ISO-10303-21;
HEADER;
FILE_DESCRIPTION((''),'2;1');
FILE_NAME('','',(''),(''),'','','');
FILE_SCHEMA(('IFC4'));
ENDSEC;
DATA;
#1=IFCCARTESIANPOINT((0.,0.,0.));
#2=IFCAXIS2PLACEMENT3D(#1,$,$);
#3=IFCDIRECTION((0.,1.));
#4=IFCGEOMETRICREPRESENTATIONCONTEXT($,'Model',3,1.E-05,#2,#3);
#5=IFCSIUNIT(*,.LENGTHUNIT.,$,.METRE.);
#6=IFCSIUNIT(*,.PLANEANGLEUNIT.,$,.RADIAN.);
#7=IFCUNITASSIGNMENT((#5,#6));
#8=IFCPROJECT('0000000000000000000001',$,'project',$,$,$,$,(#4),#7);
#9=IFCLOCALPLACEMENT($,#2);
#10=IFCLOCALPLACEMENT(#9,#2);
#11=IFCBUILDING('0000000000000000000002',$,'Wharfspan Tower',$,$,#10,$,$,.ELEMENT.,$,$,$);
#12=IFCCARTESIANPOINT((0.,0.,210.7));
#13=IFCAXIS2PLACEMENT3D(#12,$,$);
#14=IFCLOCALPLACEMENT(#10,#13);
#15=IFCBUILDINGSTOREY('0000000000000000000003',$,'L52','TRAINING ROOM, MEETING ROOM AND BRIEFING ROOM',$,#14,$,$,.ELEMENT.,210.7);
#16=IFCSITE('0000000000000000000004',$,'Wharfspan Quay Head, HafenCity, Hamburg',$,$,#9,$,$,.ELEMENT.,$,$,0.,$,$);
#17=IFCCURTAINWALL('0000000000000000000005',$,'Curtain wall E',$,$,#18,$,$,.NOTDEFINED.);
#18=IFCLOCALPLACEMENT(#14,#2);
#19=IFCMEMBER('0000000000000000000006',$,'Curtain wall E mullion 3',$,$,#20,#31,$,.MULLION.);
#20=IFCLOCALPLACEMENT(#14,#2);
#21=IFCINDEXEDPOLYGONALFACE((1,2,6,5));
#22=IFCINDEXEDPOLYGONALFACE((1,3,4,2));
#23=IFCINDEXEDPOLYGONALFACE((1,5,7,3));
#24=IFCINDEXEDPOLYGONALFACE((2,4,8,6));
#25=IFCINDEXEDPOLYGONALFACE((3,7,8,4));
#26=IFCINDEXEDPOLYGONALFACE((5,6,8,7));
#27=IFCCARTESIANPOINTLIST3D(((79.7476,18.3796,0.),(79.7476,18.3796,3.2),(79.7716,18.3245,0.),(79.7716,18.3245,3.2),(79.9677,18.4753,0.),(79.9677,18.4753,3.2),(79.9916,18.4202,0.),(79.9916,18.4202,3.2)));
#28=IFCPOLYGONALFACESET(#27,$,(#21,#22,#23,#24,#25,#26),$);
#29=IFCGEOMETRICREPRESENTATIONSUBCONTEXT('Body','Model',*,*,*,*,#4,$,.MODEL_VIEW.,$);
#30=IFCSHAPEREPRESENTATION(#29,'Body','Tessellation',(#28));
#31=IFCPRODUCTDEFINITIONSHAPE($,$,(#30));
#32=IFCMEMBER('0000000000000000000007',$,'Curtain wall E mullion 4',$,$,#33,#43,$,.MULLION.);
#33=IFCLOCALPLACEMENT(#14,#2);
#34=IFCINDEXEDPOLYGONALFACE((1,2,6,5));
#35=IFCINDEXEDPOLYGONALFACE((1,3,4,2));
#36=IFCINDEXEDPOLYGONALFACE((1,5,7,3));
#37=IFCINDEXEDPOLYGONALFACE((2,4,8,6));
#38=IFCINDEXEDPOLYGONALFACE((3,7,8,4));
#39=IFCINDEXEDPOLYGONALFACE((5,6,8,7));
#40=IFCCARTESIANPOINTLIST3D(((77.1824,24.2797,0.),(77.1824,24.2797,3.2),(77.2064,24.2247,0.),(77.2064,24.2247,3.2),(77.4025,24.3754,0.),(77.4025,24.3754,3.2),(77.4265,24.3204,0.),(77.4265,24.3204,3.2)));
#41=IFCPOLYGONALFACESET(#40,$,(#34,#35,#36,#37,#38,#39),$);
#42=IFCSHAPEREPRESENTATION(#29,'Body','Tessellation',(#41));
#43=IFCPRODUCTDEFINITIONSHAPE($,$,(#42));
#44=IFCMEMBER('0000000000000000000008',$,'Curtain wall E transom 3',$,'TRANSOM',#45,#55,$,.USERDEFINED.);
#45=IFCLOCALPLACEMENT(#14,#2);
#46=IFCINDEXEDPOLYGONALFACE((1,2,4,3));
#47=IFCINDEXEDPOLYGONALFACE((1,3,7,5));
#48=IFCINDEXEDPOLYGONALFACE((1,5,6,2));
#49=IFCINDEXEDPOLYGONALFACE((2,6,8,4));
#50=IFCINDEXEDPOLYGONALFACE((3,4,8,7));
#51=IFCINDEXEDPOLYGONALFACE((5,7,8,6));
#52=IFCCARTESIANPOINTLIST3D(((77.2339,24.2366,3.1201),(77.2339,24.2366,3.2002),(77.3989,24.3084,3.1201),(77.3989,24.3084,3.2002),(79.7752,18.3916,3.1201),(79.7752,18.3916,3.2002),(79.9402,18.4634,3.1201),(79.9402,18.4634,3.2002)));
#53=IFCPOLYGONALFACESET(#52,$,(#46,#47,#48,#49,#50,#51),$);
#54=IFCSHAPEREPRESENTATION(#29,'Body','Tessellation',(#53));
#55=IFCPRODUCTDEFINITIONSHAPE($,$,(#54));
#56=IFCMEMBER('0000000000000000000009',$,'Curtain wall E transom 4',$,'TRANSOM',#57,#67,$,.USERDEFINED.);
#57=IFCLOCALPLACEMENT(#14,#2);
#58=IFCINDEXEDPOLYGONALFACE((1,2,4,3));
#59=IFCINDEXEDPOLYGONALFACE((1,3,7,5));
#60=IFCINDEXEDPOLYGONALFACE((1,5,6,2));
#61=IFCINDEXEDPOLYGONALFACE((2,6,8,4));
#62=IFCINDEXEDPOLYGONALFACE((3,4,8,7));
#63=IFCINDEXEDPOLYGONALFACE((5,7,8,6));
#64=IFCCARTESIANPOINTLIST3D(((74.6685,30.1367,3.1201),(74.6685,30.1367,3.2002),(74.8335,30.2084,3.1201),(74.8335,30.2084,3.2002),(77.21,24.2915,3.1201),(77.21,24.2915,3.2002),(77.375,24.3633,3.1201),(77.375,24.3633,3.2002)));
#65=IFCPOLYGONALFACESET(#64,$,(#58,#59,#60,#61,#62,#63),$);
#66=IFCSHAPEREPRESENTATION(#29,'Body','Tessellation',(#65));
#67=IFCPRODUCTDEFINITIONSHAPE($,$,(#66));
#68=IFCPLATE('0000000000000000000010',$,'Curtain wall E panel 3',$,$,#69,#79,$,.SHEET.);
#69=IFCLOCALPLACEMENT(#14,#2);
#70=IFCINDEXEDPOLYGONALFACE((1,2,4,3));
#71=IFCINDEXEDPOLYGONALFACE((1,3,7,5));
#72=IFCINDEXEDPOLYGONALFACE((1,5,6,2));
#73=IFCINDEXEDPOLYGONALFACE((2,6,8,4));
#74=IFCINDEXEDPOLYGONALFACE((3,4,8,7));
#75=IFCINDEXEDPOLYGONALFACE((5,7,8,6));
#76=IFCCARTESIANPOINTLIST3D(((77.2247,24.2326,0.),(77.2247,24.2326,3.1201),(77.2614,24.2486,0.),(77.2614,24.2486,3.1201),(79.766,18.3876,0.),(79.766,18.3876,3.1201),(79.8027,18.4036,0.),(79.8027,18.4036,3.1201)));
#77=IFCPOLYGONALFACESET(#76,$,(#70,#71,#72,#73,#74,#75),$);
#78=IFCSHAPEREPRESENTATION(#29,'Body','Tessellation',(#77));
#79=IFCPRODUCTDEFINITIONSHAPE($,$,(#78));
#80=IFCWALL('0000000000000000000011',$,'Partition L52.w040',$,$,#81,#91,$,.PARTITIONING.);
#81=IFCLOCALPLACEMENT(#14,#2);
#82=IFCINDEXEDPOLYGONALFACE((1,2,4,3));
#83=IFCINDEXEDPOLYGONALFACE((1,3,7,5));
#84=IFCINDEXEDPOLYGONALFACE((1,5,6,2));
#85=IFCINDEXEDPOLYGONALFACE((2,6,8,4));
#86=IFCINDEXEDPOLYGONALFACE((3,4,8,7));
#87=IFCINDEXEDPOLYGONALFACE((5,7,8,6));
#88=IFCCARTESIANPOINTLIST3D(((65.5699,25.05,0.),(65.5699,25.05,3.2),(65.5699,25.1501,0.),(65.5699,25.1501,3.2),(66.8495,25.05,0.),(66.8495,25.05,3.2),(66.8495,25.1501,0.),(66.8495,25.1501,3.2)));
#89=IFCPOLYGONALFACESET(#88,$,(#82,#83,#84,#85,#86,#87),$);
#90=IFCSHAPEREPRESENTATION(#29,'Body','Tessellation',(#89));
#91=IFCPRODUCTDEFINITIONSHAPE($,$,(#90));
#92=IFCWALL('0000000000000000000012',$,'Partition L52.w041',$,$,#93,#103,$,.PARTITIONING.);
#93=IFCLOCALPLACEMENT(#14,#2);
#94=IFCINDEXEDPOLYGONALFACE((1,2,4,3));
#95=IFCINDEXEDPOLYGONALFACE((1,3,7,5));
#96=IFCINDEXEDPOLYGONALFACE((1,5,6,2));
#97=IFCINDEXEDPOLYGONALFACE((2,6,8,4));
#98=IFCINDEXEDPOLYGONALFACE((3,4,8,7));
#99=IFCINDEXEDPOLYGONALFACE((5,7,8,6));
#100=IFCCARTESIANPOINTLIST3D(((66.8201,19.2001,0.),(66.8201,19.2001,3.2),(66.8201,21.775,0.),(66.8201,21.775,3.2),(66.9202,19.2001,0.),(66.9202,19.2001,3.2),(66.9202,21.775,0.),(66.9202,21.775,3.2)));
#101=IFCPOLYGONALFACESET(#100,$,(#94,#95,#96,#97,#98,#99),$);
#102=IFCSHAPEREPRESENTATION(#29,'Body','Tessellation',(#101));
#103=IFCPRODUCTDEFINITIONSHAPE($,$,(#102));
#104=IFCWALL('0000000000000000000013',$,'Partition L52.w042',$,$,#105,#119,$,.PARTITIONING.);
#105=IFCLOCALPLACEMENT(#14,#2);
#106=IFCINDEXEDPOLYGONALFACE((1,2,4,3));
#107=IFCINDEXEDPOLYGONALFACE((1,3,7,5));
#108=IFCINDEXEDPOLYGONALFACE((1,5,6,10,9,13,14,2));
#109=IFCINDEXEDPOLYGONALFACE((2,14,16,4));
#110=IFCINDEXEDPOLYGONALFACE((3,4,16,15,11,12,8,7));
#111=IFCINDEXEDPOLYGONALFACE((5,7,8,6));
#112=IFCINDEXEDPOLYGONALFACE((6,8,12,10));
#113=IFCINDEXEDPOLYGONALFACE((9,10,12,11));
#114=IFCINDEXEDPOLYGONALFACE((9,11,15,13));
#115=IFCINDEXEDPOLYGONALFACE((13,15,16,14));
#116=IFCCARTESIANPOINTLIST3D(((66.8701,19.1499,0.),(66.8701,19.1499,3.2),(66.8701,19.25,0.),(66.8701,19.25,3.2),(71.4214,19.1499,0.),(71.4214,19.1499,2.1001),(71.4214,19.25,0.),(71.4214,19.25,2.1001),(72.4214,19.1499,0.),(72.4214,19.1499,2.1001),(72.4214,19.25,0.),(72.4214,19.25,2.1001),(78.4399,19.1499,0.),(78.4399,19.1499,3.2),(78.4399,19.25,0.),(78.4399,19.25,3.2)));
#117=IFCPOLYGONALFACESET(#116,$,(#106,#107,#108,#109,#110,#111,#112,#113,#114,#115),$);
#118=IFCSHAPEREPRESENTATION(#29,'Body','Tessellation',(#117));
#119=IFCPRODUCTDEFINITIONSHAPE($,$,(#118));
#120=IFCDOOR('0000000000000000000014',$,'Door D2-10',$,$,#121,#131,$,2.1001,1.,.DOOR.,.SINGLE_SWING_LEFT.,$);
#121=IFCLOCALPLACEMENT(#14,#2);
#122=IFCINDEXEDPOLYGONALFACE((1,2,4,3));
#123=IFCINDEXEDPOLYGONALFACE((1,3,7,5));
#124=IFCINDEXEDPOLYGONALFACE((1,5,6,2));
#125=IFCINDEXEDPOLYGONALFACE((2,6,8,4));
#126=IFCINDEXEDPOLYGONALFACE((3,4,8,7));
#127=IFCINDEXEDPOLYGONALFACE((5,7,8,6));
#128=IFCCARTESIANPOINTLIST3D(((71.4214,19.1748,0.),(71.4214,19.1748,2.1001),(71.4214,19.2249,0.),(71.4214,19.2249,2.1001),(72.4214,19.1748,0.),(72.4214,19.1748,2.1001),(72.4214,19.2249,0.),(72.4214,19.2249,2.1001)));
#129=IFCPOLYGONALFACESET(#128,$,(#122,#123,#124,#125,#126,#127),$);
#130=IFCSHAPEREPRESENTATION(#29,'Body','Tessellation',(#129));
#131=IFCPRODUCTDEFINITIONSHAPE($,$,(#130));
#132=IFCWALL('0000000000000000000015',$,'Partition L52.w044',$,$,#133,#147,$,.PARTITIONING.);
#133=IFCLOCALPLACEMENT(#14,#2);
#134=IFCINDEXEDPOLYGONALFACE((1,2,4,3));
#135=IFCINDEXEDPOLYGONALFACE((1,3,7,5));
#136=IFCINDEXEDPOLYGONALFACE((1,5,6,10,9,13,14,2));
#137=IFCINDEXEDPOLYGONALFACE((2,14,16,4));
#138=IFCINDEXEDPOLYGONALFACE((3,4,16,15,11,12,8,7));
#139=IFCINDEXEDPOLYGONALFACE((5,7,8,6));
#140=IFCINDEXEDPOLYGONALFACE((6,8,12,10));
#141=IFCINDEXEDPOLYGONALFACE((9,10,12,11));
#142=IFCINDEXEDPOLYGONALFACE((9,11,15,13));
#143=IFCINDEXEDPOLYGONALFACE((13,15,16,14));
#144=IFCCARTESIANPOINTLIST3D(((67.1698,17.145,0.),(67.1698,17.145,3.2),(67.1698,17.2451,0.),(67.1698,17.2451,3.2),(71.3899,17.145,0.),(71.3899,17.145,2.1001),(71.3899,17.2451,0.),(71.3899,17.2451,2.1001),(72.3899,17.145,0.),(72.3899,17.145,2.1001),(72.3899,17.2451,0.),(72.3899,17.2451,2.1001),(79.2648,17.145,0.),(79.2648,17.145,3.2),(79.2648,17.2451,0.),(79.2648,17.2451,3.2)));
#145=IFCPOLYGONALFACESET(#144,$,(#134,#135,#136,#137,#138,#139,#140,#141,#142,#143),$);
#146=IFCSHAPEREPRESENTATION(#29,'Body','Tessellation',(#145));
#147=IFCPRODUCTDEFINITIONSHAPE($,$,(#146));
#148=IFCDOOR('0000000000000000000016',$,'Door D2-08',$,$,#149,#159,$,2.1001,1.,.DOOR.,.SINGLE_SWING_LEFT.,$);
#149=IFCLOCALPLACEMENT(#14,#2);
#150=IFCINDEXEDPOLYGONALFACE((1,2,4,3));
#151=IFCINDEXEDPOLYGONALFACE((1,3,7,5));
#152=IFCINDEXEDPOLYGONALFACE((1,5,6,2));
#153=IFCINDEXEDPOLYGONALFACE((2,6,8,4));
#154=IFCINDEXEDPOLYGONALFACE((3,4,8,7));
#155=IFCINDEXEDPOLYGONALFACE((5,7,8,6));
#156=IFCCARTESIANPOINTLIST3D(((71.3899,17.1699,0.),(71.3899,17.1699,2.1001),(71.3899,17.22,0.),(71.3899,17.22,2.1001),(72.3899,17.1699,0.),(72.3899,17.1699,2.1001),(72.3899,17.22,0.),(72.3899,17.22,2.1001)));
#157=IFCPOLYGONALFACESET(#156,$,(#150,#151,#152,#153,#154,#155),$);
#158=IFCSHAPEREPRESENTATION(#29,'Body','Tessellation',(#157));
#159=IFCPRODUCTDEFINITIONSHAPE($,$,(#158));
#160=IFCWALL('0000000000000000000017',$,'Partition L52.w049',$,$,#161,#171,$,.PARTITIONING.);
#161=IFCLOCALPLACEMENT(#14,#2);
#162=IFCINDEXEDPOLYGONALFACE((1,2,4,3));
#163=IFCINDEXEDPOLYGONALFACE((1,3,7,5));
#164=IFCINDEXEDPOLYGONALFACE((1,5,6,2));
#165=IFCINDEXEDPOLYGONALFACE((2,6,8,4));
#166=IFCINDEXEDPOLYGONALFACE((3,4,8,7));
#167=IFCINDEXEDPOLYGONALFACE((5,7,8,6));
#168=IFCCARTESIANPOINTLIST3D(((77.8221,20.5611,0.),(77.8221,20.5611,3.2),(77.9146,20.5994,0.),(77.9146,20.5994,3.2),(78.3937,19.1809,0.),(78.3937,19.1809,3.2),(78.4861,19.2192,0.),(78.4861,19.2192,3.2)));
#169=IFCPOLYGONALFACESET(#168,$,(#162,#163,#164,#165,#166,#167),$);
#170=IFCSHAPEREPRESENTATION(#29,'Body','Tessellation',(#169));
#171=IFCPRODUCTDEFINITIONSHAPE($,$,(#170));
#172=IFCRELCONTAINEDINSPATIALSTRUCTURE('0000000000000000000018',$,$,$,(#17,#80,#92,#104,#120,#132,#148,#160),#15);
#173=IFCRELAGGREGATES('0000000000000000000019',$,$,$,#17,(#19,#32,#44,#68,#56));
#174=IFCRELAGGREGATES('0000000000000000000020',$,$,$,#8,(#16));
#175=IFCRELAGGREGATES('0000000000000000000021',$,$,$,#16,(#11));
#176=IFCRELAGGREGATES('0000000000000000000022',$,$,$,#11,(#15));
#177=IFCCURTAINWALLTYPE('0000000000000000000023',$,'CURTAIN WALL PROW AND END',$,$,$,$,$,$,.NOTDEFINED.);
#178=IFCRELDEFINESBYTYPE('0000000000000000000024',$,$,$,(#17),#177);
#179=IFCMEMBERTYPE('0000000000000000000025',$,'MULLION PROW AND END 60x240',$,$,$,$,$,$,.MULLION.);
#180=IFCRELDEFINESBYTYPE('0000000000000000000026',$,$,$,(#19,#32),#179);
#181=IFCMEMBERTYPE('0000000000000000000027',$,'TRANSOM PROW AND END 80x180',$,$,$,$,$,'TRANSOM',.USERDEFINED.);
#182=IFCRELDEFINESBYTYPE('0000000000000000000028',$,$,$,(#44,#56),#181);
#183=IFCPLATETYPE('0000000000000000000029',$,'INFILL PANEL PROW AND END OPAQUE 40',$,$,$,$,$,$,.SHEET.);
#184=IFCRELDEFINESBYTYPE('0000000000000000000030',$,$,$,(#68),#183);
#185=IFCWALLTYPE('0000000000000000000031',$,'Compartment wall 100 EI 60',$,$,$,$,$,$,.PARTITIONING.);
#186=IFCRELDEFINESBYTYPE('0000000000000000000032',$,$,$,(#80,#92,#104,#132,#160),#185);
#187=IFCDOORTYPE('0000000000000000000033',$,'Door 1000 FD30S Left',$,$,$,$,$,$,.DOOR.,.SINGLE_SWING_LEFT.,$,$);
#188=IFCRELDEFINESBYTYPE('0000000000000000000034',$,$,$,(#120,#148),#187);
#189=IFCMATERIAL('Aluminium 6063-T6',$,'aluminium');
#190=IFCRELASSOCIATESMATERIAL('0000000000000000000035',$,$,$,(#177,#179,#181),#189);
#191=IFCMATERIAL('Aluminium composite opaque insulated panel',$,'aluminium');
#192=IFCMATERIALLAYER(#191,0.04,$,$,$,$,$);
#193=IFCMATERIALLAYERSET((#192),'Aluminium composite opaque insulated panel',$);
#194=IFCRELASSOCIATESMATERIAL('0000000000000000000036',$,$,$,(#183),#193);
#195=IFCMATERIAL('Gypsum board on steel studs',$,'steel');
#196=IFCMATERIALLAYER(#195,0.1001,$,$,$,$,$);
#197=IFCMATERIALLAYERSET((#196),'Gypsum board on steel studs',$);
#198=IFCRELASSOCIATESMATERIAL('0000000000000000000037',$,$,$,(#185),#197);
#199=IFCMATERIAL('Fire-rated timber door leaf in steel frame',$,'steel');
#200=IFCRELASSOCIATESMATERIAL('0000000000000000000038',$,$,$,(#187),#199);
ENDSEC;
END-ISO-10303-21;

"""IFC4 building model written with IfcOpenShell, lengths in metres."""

from ifc_helpers import new_model, si_unit, direction, frame, frame_2d, origin, origin_2d, place, context, subcontext, project, spatial, rectangle, extrude, material, layer, layer_set, material_profile, profile_set, type_object, element, fill, aggregate, save


model = new_model("IFC4")

# Units and contexts
model_context = context("Model", 3, precision=1e-05, world=origin(), true_north=direction((0.0, 1.0)))
body_context = subcontext(model_context, "Body", "Model", "MODEL_VIEW")
ifc_project = project(units=[si_unit("LENGTHUNIT", "METRE"), si_unit("PLANEANGLEUNIT", "RADIAN")], contexts=[model_context])

# Site, building, storey
site_placement = place(None, origin())
site = spatial("IfcSite", under=ifc_project, at=site_placement, Name="Wharfspan Quay Head, HafenCity, Hamburg", CompositionType="ELEMENT", RefElevation=0.0)
building_placement = place(site_placement, origin())
building = spatial("IfcBuilding", under=site, at=building_placement, Name="Wharfspan Tower", CompositionType="ELEMENT")
storey_placement = place(building_placement, frame((0.0, 0.0, 210.7)))
storey = spatial("IfcBuildingStorey", under=building, at=storey_placement, Name="L52", Description="TRAINING ROOM, MEETING ROOM AND BRIEFING ROOM", CompositionType="ELEMENT", Elevation=210.7)

# Curtain wall, members, plate
ifc_material_1 = material(Name="Aluminium 6063-T6", Category="aluminium")
curtain_wall_type = type_object("IfcCurtainWallType", Name="CURTAIN WALL PROW AND END", PredefinedType="NOTDEFINED", material=ifc_material_1)
curtain_wall_placement = place(storey_placement, origin())
curtain_wall = element("IfcCurtainWall", 1, at=curtain_wall_placement, inside=storey, type_object=curtain_wall_type, Name="Curtain wall E", PredefinedType="NOTDEFINED")
ifc_material_profile_1 = material_profile(ifc_material_1, rectangle(XDim=0.24, YDim=0.0601, at=origin_2d()))
ifc_profile_set_1 = profile_set([ifc_material_profile_1], Name="Aluminium 6063-T6")
member_type_1 = type_object("IfcMemberType", Name="MULLION PROW AND END 60x240", PredefinedType="MULLION", material=ifc_profile_set_1)
member_1_placement = place(storey_placement, frame((79.8696, 18.3999, 0.0), z_axis=(0.0, 0.0, 1.0), x_axis=(-0.917072, -0.398727, 0.0)))
member_1 = element("IfcMember", 2, at=member_1_placement, type_object=member_type_1, Name="Curtain wall E mullion 3", PredefinedType="MULLION", context=body_context, shape_type="SweptSolid", body=[
    extrude(rectangle(XDim=0.24, YDim=0.0601, at=origin_2d()), origin(), (0.0, 0.0, 1.0), 3.2),
])
member_2_placement = place(storey_placement, frame((77.3044, 24.3, 0.0), z_axis=(0.0, 0.0, 1.0), x_axis=(-0.917072, -0.398727, 0.0)))
member_2 = element("IfcMember", 3, at=member_2_placement, type_object=member_type_1, Name="Curtain wall E mullion 4", PredefinedType="MULLION", context=body_context, shape_type="SweptSolid", body=[
    extrude(rectangle(XDim=0.24, YDim=0.0601, at=origin_2d()), origin(), (0.0, 0.0, 1.0), 3.2),
])
ifc_material_profile_2 = material_profile(ifc_material_1, rectangle(XDim=0.1799, YDim=0.0801, at=origin_2d()))
ifc_profile_set_2 = profile_set([ifc_material_profile_2], Name="Aluminium 6063-T6")
member_type_2 = type_object("IfcMemberType", Name="TRANSOM PROW AND END 80x180", ElementType="TRANSOM", PredefinedType="USERDEFINED", material=ifc_profile_set_2)
member_3_placement = place(storey_placement, frame((79.8577, 18.4275, 3.1602), z_axis=(-0.398722, 0.917072, 0.0), x_axis=(-0.917072, -0.398722, 0.0)))
member_3 = element("IfcMember", 4, at=member_3_placement, type_object=member_type_2, Name="Curtain wall E transom 3", ObjectType="TRANSOM", PredefinedType="USERDEFINED", context=body_context, shape_type="SweptSolid", body=[
    extrude(rectangle(XDim=0.1799, YDim=0.0801, at=origin_2d()), origin(), (0.0, 0.0, 1.0), 6.3735),
])
member_4_placement = place(storey_placement, frame((77.2925, 24.3274, 3.1602), z_axis=(-0.39874, 0.917064, 0.0), x_axis=(-0.917064, -0.39874, 0.0)))
member_4 = element("IfcMember", 5, at=member_4_placement, type_object=member_type_2, Name="Curtain wall E transom 4", ObjectType="TRANSOM", PredefinedType="USERDEFINED", context=body_context, shape_type="SweptSolid", body=[
    extrude(rectangle(XDim=0.1799, YDim=0.0801, at=origin_2d()), origin(), (0.0, 0.0, 1.0), 6.3738),
])
ifc_material_2 = material(Name="Aluminium composite opaque insulated panel", Category="aluminium")
ifc_layer_1 = layer(ifc_material_2, 0.04)
ifc_layer_set_1 = layer_set([ifc_layer_1], Name="Aluminium composite opaque insulated panel")
plate_type = type_object("IfcPlateType", Name="INFILL PANEL PROW AND END OPAQUE 40", PredefinedType="SHEET", material=ifc_layer_set_1)
plate_placement = place(storey_placement, frame((78.5137, 21.3181, 0.0), z_axis=(0.0, 0.0, 1.0), x_axis=(-0.398727, 0.917072, 0.0)))
plate = element("IfcPlate", 6, at=plate_placement, type_object=plate_type, Name="Curtain wall E panel 3", PredefinedType="SHEET", context=body_context, shape_type="SweptSolid", body=[
    extrude(rectangle(XDim=6.3735, YDim=0.04, at=origin_2d()), origin(), (0.0, 0.0, 1.0), 3.1201),
])
aggregate(curtain_wall, [member_1, member_2, member_3, plate, member_4])

# Walls
ifc_material_3 = material(Name="Gypsum board on steel studs", Category="steel")
ifc_layer_2 = layer(ifc_material_3, 0.1001)
ifc_layer_set_2 = layer_set([ifc_layer_2], Name="Gypsum board on steel studs")
wall_type_1 = type_object("IfcWallType", Name="Compartment wall 100 EI 60", PredefinedType="PARTITIONING", material=ifc_layer_set_2)
wall_1_placement = place(storey_placement, frame((65.5701, 25.1001, 0.0), z_axis=(0.0, 0.0, 1.0), x_axis=(1.0, 0.0, 0.0)))
element("IfcWall", 7, at=wall_1_placement, inside=storey, type_object=wall_type_1, Name="Partition L52.w040", PredefinedType="PARTITIONING", context=body_context, shape_type="SweptSolid", body=[
    extrude(rectangle(XDim=1.2795, YDim=0.1001, at=frame_2d((0.6396, 0.0))), origin(), (0.0, 0.0, 1.0), 3.2),
])
wall_2_placement = place(storey_placement, frame((66.8701, 19.2, 0.0), z_axis=(0.0, 0.0, 1.0), x_axis=(0.0, 1.0, 0.0)))
element("IfcWall", 8, at=wall_2_placement, inside=storey, type_object=wall_type_1, Name="Partition L52.w041", PredefinedType="PARTITIONING", context=body_context, shape_type="SweptSolid", body=[
    extrude(rectangle(XDim=2.575, YDim=0.1001, at=frame_2d((1.2876, 0.0))), origin(), (0.0, 0.0, 1.0), 3.2),
])

# Walls, openings, doors
wall_3_placement = place(storey_placement, frame((66.8701, 19.2, 0.0), z_axis=(0.0, 0.0, 1.0), x_axis=(1.0, 0.0, 0.0)))
wall_3 = element("IfcWall", 9, at=wall_3_placement, inside=storey, type_object=wall_type_1, Name="Partition L52.w042", PredefinedType="PARTITIONING", context=body_context, shape_type="SweptSolid", body=[
    extrude(rectangle(XDim=11.5698, YDim=0.1001, at=frame_2d((5.7849, 0.0))), origin(), (0.0, 0.0, 1.0), 3.2),
])
opening_1_placement = place(wall_3_placement, frame((4.5513, 0.0, 0.0)))
opening_1 = element("IfcOpeningElement", 10, at=opening_1_placement, cuts=wall_3, PredefinedType="OPENING", context=body_context, shape_type="SweptSolid", body=[
    extrude(rectangle(XDim=1.0, YDim=2.1001, at=frame_2d((0.5, 1.05))), frame((0.0, 0.0601, 0.0), z_axis=(0.0, -1.0, 0.0), x_axis=(1.0, 0.0, 0.0)), (0.0, 0.0, 1.0), 0.1201),
])
ifc_material_4 = material(Name="Fire-rated timber door leaf in steel frame", Category="steel")
door_type_1 = type_object("IfcDoorType", Name="Door 1000 FD30S Left", OperationType="SINGLE_SWING_LEFT", PredefinedType="DOOR", material=ifc_material_4)
door_1_placement = place(opening_1_placement, origin())
door_1 = element("IfcDoor", 11, at=door_1_placement, inside=storey, type_object=door_type_1, Name="Door D2-10", OperationType="SINGLE_SWING_LEFT", OverallHeight=2.1001, OverallWidth=1.0, PredefinedType="DOOR", context=body_context, shape_type="SweptSolid", body=[
    extrude(rectangle(XDim=1.0, YDim=2.1001, at=frame_2d((0.5, 1.05))), frame((0.0, 0.0249, 0.0), z_axis=(0.0, -1.0, 0.0), x_axis=(1.0, 0.0, 0.0)), (0.0, 0.0, 1.0), 0.05),
])
fill(opening_1, door_1)
wall_4_placement = place(storey_placement, frame((67.1699, 17.1951, 0.0), z_axis=(0.0, 0.0, 1.0), x_axis=(1.0, 0.0, 0.0)))
wall_4 = element("IfcWall", 12, at=wall_4_placement, inside=storey, type_object=wall_type_1, Name="Partition L52.w044", PredefinedType="PARTITIONING", context=body_context, shape_type="SweptSolid", body=[
    extrude(rectangle(XDim=12.095, YDim=0.1001, at=frame_2d((6.0474, 0.0))), origin(), (0.0, 0.0, 1.0), 3.2),
])
opening_2_placement = place(wall_4_placement, frame((4.22, 0.0, 0.0)))
opening_2 = element("IfcOpeningElement", 13, at=opening_2_placement, cuts=wall_4, PredefinedType="OPENING", context=body_context, shape_type="SweptSolid", body=[
    extrude(rectangle(XDim=1.0, YDim=2.1001, at=frame_2d((0.5, 1.05))), frame((0.0, 0.0601, 0.0), z_axis=(0.0, -1.0, 0.0), x_axis=(1.0, 0.0, 0.0)), (0.0, 0.0, 1.0), 0.1201),
])
door_2_placement = place(opening_2_placement, origin())
door_2 = element("IfcDoor", 14, at=door_2_placement, inside=storey, type_object=door_type_1, Name="Door D2-08", OperationType="SINGLE_SWING_LEFT", OverallHeight=2.1001, OverallWidth=1.0, PredefinedType="DOOR", context=body_context, shape_type="SweptSolid", body=[
    extrude(rectangle(XDim=1.0, YDim=2.1001, at=frame_2d((0.5, 1.05))), frame((0.0, 0.0249, 0.0), z_axis=(0.0, -1.0, 0.0), x_axis=(1.0, 0.0, 0.0)), (0.0, 0.0, 1.0), 0.05),
])
fill(opening_2, door_2)

# Wall
wall_5_placement = place(storey_placement, frame((78.4399, 19.2, 0.0), z_axis=(0.0, 0.0, 1.0), x_axis=(-0.382605, 0.923907, 0.0)))
element("IfcWall", 15, at=wall_5_placement, inside=storey, type_object=wall_type_1, Name="Partition L52.w049", PredefinedType="PARTITIONING", context=body_context, shape_type="SweptSolid", body=[
    extrude(rectangle(XDim=1.4939, YDim=0.1001, at=frame_2d((0.7471, 0.0))), origin(), (0.0, 0.0, 1.0), 3.2),
])

save(model, "model.ifc")
